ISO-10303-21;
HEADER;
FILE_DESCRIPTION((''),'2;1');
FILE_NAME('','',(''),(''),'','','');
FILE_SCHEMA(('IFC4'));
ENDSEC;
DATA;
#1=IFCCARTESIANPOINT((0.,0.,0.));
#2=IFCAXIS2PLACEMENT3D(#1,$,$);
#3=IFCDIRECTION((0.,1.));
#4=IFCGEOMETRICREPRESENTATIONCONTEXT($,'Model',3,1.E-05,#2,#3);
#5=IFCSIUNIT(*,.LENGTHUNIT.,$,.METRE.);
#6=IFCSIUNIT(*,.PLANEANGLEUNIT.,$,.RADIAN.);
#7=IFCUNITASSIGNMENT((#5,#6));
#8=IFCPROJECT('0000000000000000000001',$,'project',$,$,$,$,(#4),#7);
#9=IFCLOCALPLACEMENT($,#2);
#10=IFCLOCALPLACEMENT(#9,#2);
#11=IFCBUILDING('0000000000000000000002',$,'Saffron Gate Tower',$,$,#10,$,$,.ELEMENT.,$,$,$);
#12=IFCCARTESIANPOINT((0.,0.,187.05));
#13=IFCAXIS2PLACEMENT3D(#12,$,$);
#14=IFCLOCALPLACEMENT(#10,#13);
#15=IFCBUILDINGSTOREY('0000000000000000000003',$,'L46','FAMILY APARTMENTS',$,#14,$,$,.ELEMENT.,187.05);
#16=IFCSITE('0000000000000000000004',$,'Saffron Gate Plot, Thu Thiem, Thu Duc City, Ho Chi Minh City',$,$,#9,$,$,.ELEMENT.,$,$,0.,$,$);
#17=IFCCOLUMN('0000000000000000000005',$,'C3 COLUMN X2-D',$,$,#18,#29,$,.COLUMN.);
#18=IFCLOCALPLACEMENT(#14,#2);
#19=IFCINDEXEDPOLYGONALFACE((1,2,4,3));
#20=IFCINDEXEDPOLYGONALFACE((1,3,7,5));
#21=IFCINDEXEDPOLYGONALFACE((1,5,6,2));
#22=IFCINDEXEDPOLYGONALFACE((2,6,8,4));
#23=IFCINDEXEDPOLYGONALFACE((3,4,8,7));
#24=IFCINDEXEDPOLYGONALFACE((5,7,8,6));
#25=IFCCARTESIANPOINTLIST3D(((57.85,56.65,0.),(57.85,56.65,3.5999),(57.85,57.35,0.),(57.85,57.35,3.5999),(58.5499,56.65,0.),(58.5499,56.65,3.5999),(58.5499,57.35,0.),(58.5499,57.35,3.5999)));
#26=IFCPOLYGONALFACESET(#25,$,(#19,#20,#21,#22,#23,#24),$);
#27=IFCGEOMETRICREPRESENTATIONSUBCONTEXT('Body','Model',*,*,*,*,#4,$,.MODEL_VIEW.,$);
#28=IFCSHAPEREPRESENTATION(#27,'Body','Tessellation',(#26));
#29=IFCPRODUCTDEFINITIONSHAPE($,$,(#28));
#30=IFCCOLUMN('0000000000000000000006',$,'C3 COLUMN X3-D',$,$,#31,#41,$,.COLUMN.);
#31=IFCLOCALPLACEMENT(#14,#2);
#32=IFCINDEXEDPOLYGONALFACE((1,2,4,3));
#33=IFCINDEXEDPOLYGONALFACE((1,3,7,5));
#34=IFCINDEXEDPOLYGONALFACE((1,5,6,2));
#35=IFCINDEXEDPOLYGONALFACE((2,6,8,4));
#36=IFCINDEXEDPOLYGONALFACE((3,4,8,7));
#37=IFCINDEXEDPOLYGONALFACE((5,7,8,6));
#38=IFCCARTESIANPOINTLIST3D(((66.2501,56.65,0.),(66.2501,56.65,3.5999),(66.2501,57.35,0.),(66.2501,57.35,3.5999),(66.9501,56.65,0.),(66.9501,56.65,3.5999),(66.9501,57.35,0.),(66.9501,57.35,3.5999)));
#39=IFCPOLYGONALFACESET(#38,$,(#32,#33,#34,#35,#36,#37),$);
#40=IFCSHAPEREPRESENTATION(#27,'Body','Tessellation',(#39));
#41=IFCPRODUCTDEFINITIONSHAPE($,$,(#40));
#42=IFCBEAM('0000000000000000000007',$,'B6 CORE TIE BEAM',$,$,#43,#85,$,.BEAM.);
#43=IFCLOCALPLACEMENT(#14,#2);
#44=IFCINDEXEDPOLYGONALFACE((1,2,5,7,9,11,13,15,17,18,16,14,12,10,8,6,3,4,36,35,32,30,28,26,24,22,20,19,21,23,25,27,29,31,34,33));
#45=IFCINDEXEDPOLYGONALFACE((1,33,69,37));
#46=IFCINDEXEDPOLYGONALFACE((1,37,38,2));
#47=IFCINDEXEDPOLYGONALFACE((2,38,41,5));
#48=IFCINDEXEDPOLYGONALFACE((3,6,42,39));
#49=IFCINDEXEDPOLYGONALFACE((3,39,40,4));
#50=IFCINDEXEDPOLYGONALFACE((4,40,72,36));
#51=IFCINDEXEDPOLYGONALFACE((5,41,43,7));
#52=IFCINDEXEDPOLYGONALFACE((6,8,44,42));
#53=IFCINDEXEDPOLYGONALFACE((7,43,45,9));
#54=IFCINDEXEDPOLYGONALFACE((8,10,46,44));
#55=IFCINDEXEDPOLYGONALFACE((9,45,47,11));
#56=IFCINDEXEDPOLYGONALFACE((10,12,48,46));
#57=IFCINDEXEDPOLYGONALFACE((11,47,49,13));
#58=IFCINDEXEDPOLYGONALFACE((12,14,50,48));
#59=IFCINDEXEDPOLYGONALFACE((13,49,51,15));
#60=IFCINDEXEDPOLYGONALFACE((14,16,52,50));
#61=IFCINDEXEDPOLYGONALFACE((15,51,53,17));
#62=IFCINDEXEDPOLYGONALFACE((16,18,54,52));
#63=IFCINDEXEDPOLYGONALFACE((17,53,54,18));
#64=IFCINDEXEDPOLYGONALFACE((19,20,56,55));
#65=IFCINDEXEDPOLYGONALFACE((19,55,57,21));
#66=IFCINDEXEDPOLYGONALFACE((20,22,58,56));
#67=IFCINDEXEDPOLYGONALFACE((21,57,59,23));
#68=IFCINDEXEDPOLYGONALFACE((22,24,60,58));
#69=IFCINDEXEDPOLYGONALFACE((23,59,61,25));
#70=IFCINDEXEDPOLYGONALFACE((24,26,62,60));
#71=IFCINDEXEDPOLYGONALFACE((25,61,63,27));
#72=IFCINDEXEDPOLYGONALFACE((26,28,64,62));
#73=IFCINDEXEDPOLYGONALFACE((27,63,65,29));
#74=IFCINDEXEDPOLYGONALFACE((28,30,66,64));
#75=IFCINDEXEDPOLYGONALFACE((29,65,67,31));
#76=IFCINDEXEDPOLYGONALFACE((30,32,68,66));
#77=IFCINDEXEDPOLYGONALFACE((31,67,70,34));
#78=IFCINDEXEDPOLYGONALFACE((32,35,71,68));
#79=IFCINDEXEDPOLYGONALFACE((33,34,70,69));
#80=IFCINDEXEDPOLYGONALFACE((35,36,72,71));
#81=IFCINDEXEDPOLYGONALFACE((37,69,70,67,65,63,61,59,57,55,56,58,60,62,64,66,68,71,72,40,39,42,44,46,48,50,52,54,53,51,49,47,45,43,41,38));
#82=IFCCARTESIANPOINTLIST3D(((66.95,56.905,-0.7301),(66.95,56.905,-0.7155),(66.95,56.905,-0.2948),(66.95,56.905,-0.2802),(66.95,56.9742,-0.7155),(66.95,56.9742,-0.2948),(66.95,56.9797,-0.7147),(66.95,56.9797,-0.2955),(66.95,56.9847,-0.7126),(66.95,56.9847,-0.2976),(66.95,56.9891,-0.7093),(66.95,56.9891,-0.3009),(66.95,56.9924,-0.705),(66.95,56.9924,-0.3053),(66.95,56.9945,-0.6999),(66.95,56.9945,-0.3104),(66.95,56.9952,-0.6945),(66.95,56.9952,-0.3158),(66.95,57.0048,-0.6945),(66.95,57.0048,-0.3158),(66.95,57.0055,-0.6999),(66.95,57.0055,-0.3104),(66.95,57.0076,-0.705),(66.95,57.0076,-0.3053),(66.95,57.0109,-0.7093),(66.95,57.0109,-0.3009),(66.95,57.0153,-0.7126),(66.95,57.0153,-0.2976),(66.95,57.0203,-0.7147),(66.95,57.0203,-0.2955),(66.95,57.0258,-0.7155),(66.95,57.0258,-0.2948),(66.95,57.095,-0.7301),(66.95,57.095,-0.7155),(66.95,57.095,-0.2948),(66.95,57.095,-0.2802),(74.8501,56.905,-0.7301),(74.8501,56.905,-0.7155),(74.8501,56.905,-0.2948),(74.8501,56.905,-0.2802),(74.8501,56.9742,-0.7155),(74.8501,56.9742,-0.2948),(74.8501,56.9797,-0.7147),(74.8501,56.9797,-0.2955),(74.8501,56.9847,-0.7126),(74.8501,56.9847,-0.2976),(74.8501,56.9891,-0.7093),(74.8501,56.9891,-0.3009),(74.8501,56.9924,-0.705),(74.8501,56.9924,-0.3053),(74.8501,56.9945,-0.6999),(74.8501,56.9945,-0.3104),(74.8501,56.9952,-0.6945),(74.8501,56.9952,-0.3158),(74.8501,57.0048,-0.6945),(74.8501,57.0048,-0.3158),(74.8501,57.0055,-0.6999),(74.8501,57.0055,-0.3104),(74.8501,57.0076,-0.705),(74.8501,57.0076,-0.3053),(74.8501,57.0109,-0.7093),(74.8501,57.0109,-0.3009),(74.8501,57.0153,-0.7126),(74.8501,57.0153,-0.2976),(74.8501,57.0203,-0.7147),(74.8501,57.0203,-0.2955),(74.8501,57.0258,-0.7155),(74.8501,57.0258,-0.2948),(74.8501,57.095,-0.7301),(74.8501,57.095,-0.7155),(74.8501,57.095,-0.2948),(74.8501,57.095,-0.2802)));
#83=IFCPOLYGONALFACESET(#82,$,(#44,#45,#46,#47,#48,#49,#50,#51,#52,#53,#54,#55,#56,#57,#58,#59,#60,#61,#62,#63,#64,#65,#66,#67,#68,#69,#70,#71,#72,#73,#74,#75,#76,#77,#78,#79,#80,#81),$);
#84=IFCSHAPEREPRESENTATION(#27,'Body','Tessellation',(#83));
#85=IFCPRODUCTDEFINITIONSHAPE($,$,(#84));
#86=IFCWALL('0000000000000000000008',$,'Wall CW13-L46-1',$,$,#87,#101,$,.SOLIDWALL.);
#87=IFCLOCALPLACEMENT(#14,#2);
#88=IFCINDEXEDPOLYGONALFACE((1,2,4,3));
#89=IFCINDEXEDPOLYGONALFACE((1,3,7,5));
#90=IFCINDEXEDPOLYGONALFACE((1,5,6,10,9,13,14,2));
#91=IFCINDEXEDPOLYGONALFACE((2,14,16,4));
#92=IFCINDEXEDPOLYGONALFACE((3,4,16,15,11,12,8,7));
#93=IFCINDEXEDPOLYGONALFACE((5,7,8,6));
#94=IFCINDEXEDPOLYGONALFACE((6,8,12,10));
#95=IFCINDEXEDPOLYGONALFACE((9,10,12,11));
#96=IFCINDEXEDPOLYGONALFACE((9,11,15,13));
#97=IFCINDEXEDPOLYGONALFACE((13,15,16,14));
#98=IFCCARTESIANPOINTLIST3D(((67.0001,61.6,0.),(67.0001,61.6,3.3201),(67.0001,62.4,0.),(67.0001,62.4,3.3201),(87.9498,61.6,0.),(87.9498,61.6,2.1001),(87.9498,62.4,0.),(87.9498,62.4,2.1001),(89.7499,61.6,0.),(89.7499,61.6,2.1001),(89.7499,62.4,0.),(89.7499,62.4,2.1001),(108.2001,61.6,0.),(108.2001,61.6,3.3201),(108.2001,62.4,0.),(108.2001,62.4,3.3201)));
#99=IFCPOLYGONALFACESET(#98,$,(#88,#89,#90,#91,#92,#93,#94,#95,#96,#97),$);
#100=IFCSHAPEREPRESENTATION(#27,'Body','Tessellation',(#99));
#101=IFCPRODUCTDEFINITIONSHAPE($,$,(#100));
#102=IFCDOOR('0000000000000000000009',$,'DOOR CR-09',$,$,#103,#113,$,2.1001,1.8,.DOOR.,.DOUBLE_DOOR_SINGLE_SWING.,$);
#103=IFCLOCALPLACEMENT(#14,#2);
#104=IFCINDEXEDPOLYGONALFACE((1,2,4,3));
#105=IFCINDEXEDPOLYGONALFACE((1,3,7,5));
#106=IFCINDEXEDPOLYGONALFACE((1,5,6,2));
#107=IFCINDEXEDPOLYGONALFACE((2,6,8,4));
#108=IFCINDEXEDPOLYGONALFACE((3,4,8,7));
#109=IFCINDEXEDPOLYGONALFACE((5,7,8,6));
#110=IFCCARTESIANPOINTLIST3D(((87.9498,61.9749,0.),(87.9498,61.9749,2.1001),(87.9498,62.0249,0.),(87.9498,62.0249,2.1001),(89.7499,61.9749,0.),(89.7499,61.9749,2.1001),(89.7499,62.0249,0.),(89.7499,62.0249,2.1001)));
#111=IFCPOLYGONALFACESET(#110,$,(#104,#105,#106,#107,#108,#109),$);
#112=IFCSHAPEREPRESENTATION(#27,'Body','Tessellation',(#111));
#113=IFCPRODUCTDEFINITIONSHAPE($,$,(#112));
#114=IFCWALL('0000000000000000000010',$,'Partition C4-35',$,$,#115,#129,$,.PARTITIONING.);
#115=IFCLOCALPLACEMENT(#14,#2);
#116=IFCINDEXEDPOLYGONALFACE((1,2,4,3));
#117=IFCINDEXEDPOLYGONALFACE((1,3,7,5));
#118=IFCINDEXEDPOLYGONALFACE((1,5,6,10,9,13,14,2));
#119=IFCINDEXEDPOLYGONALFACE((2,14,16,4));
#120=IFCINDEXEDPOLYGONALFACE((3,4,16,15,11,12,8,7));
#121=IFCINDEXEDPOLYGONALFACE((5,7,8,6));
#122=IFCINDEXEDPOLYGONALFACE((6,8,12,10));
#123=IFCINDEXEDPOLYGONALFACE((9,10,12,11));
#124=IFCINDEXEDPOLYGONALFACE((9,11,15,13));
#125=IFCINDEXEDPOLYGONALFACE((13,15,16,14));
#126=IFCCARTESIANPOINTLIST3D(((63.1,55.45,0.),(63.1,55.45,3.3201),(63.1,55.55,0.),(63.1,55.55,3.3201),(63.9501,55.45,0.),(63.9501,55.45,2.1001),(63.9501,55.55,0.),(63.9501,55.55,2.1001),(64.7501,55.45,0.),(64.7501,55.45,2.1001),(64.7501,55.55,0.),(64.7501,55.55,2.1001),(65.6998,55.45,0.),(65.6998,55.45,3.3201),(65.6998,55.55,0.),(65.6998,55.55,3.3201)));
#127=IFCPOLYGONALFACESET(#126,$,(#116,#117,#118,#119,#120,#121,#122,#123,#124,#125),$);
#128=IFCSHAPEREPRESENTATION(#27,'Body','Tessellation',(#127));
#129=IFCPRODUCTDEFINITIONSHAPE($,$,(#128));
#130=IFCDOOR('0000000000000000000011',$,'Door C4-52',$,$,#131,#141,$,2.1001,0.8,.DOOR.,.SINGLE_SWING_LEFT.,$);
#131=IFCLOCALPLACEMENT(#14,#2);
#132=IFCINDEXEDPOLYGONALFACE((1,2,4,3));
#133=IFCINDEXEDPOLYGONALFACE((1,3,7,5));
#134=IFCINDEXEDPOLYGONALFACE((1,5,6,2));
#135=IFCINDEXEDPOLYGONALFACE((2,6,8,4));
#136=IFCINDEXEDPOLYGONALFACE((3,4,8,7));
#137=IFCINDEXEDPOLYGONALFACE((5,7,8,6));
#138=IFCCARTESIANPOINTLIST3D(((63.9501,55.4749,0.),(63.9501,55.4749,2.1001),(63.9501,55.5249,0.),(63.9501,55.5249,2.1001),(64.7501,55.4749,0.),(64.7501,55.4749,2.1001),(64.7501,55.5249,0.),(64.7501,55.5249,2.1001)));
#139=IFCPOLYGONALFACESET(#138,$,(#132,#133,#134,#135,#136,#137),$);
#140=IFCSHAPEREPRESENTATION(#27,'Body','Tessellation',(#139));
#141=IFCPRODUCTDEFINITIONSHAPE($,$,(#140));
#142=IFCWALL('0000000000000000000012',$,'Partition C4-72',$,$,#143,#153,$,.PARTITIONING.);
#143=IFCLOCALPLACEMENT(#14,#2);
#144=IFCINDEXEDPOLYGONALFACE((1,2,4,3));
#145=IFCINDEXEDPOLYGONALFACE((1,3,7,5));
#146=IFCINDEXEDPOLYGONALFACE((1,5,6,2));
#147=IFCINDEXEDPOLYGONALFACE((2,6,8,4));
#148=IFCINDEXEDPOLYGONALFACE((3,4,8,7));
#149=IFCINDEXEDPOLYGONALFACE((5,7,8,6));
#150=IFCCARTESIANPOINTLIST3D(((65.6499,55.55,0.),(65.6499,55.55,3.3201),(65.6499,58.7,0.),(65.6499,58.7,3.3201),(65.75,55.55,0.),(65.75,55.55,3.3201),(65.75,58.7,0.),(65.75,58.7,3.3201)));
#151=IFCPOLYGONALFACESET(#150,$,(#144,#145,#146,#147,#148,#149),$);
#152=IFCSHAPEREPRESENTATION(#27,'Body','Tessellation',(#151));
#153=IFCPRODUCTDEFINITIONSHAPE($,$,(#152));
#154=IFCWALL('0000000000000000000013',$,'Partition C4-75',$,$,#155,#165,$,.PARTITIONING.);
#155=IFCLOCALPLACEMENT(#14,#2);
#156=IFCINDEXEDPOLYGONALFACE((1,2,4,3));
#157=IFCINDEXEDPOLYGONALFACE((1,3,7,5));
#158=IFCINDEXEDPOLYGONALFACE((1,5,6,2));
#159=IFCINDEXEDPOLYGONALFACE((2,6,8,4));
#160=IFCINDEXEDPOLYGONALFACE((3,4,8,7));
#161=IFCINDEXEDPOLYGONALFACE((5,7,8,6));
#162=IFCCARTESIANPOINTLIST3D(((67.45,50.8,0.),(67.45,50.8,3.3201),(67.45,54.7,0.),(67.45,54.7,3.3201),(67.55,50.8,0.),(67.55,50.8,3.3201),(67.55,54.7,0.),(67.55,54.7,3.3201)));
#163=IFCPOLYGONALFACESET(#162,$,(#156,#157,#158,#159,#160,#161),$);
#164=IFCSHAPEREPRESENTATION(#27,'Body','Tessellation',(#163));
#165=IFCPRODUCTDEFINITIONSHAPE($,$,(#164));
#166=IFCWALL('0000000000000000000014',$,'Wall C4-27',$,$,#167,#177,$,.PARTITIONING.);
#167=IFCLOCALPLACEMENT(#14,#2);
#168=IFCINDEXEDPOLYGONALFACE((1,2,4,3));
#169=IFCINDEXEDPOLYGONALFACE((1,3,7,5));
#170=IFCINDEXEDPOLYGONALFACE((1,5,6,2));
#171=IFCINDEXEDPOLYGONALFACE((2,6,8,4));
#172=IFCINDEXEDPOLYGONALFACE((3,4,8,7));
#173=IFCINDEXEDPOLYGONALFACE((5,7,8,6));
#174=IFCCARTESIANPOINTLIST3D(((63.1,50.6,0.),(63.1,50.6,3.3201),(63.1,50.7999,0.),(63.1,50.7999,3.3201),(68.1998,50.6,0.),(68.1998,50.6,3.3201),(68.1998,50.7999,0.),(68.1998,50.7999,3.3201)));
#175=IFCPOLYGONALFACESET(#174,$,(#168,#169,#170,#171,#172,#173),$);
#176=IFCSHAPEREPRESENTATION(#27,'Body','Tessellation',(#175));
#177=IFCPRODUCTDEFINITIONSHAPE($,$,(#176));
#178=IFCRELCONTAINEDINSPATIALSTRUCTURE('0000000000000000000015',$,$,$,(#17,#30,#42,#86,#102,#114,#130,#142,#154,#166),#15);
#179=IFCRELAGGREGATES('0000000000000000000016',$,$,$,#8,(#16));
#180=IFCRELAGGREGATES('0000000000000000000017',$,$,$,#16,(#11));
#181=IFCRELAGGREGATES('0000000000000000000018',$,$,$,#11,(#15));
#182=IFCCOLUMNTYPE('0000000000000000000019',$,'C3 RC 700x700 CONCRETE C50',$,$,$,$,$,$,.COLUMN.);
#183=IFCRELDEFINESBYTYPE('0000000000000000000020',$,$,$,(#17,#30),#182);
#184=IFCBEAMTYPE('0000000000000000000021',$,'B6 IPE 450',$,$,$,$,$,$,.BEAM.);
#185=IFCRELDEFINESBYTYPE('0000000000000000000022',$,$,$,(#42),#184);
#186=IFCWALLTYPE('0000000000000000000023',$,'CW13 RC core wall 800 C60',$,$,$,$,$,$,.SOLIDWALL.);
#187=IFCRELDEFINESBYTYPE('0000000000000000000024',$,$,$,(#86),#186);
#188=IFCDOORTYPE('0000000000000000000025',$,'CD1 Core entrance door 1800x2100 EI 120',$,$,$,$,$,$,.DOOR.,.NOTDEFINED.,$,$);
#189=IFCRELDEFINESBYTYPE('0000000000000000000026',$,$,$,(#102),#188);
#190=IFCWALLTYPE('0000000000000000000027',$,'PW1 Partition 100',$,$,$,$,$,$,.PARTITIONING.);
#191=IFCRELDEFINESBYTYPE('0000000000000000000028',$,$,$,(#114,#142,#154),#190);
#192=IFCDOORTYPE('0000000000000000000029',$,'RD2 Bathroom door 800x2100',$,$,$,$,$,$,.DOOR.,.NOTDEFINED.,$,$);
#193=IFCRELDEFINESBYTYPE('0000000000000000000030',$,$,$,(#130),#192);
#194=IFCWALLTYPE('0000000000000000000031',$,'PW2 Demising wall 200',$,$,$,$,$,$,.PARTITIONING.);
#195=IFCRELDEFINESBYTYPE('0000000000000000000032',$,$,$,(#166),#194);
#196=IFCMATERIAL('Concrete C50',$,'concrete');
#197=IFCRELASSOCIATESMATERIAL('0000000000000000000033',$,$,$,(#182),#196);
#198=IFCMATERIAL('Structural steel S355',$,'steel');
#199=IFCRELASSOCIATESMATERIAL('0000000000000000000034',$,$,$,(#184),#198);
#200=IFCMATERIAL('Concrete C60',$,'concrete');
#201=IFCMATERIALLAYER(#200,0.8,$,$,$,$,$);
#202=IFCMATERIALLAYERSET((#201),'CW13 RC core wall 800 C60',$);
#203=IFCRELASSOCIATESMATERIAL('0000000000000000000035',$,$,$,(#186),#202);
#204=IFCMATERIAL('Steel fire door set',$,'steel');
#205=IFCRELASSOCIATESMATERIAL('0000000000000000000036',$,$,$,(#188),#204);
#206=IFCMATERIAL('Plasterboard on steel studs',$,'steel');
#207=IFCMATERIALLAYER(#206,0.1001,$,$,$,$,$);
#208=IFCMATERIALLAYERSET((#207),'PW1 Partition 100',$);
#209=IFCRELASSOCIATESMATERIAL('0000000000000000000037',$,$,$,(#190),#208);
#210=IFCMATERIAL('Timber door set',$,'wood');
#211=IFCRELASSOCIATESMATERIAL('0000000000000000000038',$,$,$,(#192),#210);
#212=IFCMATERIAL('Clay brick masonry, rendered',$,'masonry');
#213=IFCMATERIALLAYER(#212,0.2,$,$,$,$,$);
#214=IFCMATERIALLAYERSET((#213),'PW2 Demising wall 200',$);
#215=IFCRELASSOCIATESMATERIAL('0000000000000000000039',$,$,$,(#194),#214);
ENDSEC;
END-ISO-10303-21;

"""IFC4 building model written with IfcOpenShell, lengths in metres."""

from ifc_helpers import new_model, si_unit, direction, frame, frame_2d, origin, origin_2d, place, context, subcontext, project, spatial, rectangle, i_section, extrude, material, layer, layer_set, material_profile, profile_set, type_object, element, fill, save


model = new_model("IFC4")

# Units and contexts
model_context = context("Model", 3, precision=1e-05, world=origin(), true_north=direction((0.0, 1.0)))
body_context = subcontext(model_context, "Body", "Model", "MODEL_VIEW")
ifc_project = project(units=[si_unit("LENGTHUNIT", "METRE"), si_unit("PLANEANGLEUNIT", "RADIAN")], contexts=[model_context])

# Site, building, storey
site_placement = place(None, origin())
site = spatial("IfcSite", under=ifc_project, at=site_placement, Name="Saffron Gate Plot, Thu Thiem, Thu Duc City, Ho Chi Minh City", CompositionType="ELEMENT", RefElevation=0.0)
building_placement = place(site_placement, origin())
building = spatial("IfcBuilding", under=site, at=building_placement, Name="Saffron Gate Tower", CompositionType="ELEMENT")
storey_placement = place(building_placement, frame((0.0, 0.0, 187.05)))
storey = spatial("IfcBuildingStorey", under=building, at=storey_placement, Name="L46", Description="FAMILY APARTMENTS", CompositionType="ELEMENT", Elevation=187.05)

# Columns
ifc_material_1 = material(Name="Concrete C50", Category="concrete")
ifc_material_profile_1 = material_profile(ifc_material_1, rectangle(XDim=0.7, YDim=0.7, at=origin_2d()))
ifc_profile_set_1 = profile_set([ifc_material_profile_1], Name="Concrete C50")
column_type = type_object("IfcColumnType", Name="C3 RC 700x700 CONCRETE C50", PredefinedType="COLUMN", material=ifc_profile_set_1)
for number, where, z_axis, x_axis, name in (
    (1, (58.2, 57.0, 0.0), (0.0, 0.0, 1.0), (1.0, 0.0, 0.0), "C3 COLUMN X2-D"),
    (2, (66.6001, 57.0, 0.0), (0.0, 0.0, 1.0), (1.0, 0.0, 0.0), "C3 COLUMN X3-D"),
):
    element("IfcColumn", number, at=place(storey_placement, frame(where, z_axis=z_axis, x_axis=x_axis)), inside=storey, type_object=column_type, Name=name, PredefinedType="COLUMN", context=body_context, shape_type="SweptSolid", body=[
        extrude(rectangle(XDim=0.7, YDim=0.7, at=origin_2d()), origin(), (0.0, 0.0, 1.0), 3.5999),
    ])

# Beam
ifc_material_2 = material(Name="Structural steel S355", Category="steel")
ifc_material_profile_2 = material_profile(ifc_material_2, i_section(OverallWidth=0.1899, OverallDepth=0.45, WebThickness=0.0095, FlangeThickness=0.0146, FilletRadius=0.021, at=origin_2d()))
ifc_profile_set_2 = profile_set([ifc_material_profile_2], Name="Structural steel S355")
beam_type = type_object("IfcBeamType", Name="B6 IPE 450", PredefinedType="BEAM", material=ifc_profile_set_2)
beam_placement = place(storey_placement, frame((66.95, 57.0, -0.5051), z_axis=(1.0, 0.0, 0.0), x_axis=(0.0, 1.0, 0.0)))
element("IfcBeam", 3, at=beam_placement, inside=storey, type_object=beam_type, Name="B6 CORE TIE BEAM", PredefinedType="BEAM", context=body_context, shape_type="SweptSolid", body=[
    extrude(i_section(OverallWidth=0.1899, OverallDepth=0.45, WebThickness=0.0095, FlangeThickness=0.0146, FilletRadius=0.021, at=origin_2d()), origin(), (0.0, 0.0, 1.0), 7.9001),
])

# Walls, openings, doors
ifc_material_3 = material(Name="Concrete C60", Category="concrete")
ifc_layer_1 = layer(ifc_material_3, 0.8)
ifc_layer_set_1 = layer_set([ifc_layer_1], Name="CW13 RC core wall 800 C60")
wall_type_1 = type_object("IfcWallType", Name="CW13 RC core wall 800 C60", PredefinedType="SOLIDWALL", material=ifc_layer_set_1)
wall_1_placement = place(storey_placement, frame((67.0, 62.0, 0.0), z_axis=(0.0, 0.0, 1.0), x_axis=(1.0, 0.0, 0.0)))
wall_1 = element("IfcWall", 4, at=wall_1_placement, inside=storey, type_object=wall_type_1, Name="Wall CW13-L46-1", PredefinedType="SOLIDWALL", context=body_context, shape_type="SweptSolid", body=[
    extrude(rectangle(XDim=41.2, YDim=0.8, at=frame_2d((20.6001, 0.0))), origin(), (0.0, 0.0, 1.0), 3.3201),
])
opening_1_placement = place(wall_1_placement, frame((20.95, 0.0, 0.0)))
opening_1 = element("IfcOpeningElement", 5, at=opening_1_placement, cuts=wall_1, PredefinedType="OPENING", context=body_context, shape_type="SweptSolid", body=[
    extrude(rectangle(XDim=1.8, YDim=2.1001, at=frame_2d((0.8999, 1.05))), frame((0.0, 0.4102, 0.0), z_axis=(0.0, -1.0, 0.0), x_axis=(1.0, 0.0, 0.0)), (0.0, 0.0, 1.0), 0.8201),
])
ifc_material_4 = material(Name="Steel fire door set", Category="steel")
door_type_1 = type_object("IfcDoorType", Name="CD1 Core entrance door 1800x2100 EI 120", OperationType="NOTDEFINED", PredefinedType="DOOR", material=ifc_material_4)
door_1_placement = place(opening_1_placement, origin())
door_1 = element("IfcDoor", 6, at=door_1_placement, inside=storey, type_object=door_type_1, Name="DOOR CR-09", OperationType="DOUBLE_DOOR_SINGLE_SWING", OverallHeight=2.1001, OverallWidth=1.8, PredefinedType="DOOR", context=body_context, shape_type="SweptSolid", body=[
    extrude(rectangle(XDim=1.8, YDim=2.1001, at=frame_2d((0.8999, 1.05))), frame((0.0, 0.0249, 0.0), z_axis=(0.0, -1.0, 0.0), x_axis=(1.0, 0.0, 0.0)), (0.0, 0.0, 1.0), 0.05),
])
fill(opening_1, door_1)
ifc_material_5 = material(Name="Plasterboard on steel studs", Category="steel")
ifc_layer_2 = layer(ifc_material_5, 0.1001)
ifc_layer_set_2 = layer_set([ifc_layer_2], Name="PW1 Partition 100")
wall_type_2 = type_object("IfcWallType", Name="PW1 Partition 100", PredefinedType="PARTITIONING", material=ifc_layer_set_2)
wall_2_placement = place(storey_placement, frame((63.1001, 55.5, 0.0), z_axis=(0.0, 0.0, 1.0), x_axis=(1.0, 0.0, 0.0)))
wall_2 = element("IfcWall", 7, at=wall_2_placement, inside=storey, type_object=wall_type_2, Name="Partition C4-35", PredefinedType="PARTITIONING", context=body_context, shape_type="SweptSolid", body=[
    extrude(rectangle(XDim=2.5999, YDim=0.1001, at=frame_2d((1.2998, 0.0))), origin(), (0.0, 0.0, 1.0), 3.3201),
])
opening_2_placement = place(wall_2_placement, frame((0.8501, 0.0, 0.0)))
opening_2 = element("IfcOpeningElement", 8, at=opening_2_placement, cuts=wall_2, PredefinedType="OPENING", context=body_context, shape_type="SweptSolid", body=[
    extrude(rectangle(XDim=0.8, YDim=2.1001, at=frame_2d((0.3999, 1.05))), frame((0.0, 0.0601, 0.0), z_axis=(0.0, -1.0, 0.0), x_axis=(1.0, 0.0, 0.0)), (0.0, 0.0, 1.0), 0.1201),
])
ifc_material_6 = material(Name="Timber door set", Category="wood")
door_type_2 = type_object("IfcDoorType", Name="RD2 Bathroom door 800x2100", OperationType="NOTDEFINED", PredefinedType="DOOR", material=ifc_material_6)
door_2_placement = place(opening_2_placement, origin())
door_2 = element("IfcDoor", 9, at=door_2_placement, inside=storey, type_object=door_type_2, Name="Door C4-52", OperationType="SINGLE_SWING_LEFT", OverallHeight=2.1001, OverallWidth=0.8, PredefinedType="DOOR", context=body_context, shape_type="SweptSolid", body=[
    extrude(rectangle(XDim=0.8, YDim=2.1001, at=frame_2d((0.3999, 1.05))), frame((0.0, 0.0249, 0.0), z_axis=(0.0, -1.0, 0.0), x_axis=(1.0, 0.0, 0.0)), (0.0, 0.0, 1.0), 0.05),
])
fill(opening_2, door_2)

# Walls
wall_3_placement = place(storey_placement, frame((65.7, 58.7, 0.0), z_axis=(0.0, 0.0, 1.0), x_axis=(0.0, -1.0, 0.0)))
element("IfcWall", 10, at=wall_3_placement, inside=storey, type_object=wall_type_2, Name="Partition C4-72", PredefinedType="PARTITIONING", context=body_context, shape_type="SweptSolid", body=[
    extrude(rectangle(XDim=3.1499, YDim=0.1001, at=frame_2d((1.575, 0.0))), origin(), (0.0, 0.0, 1.0), 3.3201),
])
wall_4_placement = place(storey_placement, frame((67.5, 54.7, 0.0), z_axis=(0.0, 0.0, 1.0), x_axis=(0.0, -1.0, 0.0)))
element("IfcWall", 11, at=wall_4_placement, inside=storey, type_object=wall_type_2, Name="Partition C4-75", PredefinedType="PARTITIONING", context=body_context, shape_type="SweptSolid", body=[
    extrude(rectangle(XDim=3.8999, YDim=0.1001, at=frame_2d((1.95, 0.0))), origin(), (0.0, 0.0, 1.0), 3.3201),
])
ifc_material_7 = material(Name="Clay brick masonry, rendered", Category="masonry")
ifc_layer_3 = layer(ifc_material_7, 0.2)
ifc_layer_set_3 = layer_set([ifc_layer_3], Name="PW2 Demising wall 200")
wall_type_3 = type_object("IfcWallType", Name="PW2 Demising wall 200", PredefinedType="PARTITIONING", material=ifc_layer_set_3)
wall_5_placement = place(storey_placement, frame((63.1001, 50.7, 0.0), z_axis=(0.0, 0.0, 1.0), x_axis=(1.0, 0.0, 0.0)))
element("IfcWall", 12, at=wall_5_placement, inside=storey, type_object=wall_type_3, Name="Wall C4-27", PredefinedType="PARTITIONING", context=body_context, shape_type="SweptSolid", body=[
    extrude(rectangle(XDim=5.0999, YDim=0.2, at=frame_2d((2.5498, 0.0))), origin(), (0.0, 0.0, 1.0), 3.3201),
])

save(model, "model.ifc")
